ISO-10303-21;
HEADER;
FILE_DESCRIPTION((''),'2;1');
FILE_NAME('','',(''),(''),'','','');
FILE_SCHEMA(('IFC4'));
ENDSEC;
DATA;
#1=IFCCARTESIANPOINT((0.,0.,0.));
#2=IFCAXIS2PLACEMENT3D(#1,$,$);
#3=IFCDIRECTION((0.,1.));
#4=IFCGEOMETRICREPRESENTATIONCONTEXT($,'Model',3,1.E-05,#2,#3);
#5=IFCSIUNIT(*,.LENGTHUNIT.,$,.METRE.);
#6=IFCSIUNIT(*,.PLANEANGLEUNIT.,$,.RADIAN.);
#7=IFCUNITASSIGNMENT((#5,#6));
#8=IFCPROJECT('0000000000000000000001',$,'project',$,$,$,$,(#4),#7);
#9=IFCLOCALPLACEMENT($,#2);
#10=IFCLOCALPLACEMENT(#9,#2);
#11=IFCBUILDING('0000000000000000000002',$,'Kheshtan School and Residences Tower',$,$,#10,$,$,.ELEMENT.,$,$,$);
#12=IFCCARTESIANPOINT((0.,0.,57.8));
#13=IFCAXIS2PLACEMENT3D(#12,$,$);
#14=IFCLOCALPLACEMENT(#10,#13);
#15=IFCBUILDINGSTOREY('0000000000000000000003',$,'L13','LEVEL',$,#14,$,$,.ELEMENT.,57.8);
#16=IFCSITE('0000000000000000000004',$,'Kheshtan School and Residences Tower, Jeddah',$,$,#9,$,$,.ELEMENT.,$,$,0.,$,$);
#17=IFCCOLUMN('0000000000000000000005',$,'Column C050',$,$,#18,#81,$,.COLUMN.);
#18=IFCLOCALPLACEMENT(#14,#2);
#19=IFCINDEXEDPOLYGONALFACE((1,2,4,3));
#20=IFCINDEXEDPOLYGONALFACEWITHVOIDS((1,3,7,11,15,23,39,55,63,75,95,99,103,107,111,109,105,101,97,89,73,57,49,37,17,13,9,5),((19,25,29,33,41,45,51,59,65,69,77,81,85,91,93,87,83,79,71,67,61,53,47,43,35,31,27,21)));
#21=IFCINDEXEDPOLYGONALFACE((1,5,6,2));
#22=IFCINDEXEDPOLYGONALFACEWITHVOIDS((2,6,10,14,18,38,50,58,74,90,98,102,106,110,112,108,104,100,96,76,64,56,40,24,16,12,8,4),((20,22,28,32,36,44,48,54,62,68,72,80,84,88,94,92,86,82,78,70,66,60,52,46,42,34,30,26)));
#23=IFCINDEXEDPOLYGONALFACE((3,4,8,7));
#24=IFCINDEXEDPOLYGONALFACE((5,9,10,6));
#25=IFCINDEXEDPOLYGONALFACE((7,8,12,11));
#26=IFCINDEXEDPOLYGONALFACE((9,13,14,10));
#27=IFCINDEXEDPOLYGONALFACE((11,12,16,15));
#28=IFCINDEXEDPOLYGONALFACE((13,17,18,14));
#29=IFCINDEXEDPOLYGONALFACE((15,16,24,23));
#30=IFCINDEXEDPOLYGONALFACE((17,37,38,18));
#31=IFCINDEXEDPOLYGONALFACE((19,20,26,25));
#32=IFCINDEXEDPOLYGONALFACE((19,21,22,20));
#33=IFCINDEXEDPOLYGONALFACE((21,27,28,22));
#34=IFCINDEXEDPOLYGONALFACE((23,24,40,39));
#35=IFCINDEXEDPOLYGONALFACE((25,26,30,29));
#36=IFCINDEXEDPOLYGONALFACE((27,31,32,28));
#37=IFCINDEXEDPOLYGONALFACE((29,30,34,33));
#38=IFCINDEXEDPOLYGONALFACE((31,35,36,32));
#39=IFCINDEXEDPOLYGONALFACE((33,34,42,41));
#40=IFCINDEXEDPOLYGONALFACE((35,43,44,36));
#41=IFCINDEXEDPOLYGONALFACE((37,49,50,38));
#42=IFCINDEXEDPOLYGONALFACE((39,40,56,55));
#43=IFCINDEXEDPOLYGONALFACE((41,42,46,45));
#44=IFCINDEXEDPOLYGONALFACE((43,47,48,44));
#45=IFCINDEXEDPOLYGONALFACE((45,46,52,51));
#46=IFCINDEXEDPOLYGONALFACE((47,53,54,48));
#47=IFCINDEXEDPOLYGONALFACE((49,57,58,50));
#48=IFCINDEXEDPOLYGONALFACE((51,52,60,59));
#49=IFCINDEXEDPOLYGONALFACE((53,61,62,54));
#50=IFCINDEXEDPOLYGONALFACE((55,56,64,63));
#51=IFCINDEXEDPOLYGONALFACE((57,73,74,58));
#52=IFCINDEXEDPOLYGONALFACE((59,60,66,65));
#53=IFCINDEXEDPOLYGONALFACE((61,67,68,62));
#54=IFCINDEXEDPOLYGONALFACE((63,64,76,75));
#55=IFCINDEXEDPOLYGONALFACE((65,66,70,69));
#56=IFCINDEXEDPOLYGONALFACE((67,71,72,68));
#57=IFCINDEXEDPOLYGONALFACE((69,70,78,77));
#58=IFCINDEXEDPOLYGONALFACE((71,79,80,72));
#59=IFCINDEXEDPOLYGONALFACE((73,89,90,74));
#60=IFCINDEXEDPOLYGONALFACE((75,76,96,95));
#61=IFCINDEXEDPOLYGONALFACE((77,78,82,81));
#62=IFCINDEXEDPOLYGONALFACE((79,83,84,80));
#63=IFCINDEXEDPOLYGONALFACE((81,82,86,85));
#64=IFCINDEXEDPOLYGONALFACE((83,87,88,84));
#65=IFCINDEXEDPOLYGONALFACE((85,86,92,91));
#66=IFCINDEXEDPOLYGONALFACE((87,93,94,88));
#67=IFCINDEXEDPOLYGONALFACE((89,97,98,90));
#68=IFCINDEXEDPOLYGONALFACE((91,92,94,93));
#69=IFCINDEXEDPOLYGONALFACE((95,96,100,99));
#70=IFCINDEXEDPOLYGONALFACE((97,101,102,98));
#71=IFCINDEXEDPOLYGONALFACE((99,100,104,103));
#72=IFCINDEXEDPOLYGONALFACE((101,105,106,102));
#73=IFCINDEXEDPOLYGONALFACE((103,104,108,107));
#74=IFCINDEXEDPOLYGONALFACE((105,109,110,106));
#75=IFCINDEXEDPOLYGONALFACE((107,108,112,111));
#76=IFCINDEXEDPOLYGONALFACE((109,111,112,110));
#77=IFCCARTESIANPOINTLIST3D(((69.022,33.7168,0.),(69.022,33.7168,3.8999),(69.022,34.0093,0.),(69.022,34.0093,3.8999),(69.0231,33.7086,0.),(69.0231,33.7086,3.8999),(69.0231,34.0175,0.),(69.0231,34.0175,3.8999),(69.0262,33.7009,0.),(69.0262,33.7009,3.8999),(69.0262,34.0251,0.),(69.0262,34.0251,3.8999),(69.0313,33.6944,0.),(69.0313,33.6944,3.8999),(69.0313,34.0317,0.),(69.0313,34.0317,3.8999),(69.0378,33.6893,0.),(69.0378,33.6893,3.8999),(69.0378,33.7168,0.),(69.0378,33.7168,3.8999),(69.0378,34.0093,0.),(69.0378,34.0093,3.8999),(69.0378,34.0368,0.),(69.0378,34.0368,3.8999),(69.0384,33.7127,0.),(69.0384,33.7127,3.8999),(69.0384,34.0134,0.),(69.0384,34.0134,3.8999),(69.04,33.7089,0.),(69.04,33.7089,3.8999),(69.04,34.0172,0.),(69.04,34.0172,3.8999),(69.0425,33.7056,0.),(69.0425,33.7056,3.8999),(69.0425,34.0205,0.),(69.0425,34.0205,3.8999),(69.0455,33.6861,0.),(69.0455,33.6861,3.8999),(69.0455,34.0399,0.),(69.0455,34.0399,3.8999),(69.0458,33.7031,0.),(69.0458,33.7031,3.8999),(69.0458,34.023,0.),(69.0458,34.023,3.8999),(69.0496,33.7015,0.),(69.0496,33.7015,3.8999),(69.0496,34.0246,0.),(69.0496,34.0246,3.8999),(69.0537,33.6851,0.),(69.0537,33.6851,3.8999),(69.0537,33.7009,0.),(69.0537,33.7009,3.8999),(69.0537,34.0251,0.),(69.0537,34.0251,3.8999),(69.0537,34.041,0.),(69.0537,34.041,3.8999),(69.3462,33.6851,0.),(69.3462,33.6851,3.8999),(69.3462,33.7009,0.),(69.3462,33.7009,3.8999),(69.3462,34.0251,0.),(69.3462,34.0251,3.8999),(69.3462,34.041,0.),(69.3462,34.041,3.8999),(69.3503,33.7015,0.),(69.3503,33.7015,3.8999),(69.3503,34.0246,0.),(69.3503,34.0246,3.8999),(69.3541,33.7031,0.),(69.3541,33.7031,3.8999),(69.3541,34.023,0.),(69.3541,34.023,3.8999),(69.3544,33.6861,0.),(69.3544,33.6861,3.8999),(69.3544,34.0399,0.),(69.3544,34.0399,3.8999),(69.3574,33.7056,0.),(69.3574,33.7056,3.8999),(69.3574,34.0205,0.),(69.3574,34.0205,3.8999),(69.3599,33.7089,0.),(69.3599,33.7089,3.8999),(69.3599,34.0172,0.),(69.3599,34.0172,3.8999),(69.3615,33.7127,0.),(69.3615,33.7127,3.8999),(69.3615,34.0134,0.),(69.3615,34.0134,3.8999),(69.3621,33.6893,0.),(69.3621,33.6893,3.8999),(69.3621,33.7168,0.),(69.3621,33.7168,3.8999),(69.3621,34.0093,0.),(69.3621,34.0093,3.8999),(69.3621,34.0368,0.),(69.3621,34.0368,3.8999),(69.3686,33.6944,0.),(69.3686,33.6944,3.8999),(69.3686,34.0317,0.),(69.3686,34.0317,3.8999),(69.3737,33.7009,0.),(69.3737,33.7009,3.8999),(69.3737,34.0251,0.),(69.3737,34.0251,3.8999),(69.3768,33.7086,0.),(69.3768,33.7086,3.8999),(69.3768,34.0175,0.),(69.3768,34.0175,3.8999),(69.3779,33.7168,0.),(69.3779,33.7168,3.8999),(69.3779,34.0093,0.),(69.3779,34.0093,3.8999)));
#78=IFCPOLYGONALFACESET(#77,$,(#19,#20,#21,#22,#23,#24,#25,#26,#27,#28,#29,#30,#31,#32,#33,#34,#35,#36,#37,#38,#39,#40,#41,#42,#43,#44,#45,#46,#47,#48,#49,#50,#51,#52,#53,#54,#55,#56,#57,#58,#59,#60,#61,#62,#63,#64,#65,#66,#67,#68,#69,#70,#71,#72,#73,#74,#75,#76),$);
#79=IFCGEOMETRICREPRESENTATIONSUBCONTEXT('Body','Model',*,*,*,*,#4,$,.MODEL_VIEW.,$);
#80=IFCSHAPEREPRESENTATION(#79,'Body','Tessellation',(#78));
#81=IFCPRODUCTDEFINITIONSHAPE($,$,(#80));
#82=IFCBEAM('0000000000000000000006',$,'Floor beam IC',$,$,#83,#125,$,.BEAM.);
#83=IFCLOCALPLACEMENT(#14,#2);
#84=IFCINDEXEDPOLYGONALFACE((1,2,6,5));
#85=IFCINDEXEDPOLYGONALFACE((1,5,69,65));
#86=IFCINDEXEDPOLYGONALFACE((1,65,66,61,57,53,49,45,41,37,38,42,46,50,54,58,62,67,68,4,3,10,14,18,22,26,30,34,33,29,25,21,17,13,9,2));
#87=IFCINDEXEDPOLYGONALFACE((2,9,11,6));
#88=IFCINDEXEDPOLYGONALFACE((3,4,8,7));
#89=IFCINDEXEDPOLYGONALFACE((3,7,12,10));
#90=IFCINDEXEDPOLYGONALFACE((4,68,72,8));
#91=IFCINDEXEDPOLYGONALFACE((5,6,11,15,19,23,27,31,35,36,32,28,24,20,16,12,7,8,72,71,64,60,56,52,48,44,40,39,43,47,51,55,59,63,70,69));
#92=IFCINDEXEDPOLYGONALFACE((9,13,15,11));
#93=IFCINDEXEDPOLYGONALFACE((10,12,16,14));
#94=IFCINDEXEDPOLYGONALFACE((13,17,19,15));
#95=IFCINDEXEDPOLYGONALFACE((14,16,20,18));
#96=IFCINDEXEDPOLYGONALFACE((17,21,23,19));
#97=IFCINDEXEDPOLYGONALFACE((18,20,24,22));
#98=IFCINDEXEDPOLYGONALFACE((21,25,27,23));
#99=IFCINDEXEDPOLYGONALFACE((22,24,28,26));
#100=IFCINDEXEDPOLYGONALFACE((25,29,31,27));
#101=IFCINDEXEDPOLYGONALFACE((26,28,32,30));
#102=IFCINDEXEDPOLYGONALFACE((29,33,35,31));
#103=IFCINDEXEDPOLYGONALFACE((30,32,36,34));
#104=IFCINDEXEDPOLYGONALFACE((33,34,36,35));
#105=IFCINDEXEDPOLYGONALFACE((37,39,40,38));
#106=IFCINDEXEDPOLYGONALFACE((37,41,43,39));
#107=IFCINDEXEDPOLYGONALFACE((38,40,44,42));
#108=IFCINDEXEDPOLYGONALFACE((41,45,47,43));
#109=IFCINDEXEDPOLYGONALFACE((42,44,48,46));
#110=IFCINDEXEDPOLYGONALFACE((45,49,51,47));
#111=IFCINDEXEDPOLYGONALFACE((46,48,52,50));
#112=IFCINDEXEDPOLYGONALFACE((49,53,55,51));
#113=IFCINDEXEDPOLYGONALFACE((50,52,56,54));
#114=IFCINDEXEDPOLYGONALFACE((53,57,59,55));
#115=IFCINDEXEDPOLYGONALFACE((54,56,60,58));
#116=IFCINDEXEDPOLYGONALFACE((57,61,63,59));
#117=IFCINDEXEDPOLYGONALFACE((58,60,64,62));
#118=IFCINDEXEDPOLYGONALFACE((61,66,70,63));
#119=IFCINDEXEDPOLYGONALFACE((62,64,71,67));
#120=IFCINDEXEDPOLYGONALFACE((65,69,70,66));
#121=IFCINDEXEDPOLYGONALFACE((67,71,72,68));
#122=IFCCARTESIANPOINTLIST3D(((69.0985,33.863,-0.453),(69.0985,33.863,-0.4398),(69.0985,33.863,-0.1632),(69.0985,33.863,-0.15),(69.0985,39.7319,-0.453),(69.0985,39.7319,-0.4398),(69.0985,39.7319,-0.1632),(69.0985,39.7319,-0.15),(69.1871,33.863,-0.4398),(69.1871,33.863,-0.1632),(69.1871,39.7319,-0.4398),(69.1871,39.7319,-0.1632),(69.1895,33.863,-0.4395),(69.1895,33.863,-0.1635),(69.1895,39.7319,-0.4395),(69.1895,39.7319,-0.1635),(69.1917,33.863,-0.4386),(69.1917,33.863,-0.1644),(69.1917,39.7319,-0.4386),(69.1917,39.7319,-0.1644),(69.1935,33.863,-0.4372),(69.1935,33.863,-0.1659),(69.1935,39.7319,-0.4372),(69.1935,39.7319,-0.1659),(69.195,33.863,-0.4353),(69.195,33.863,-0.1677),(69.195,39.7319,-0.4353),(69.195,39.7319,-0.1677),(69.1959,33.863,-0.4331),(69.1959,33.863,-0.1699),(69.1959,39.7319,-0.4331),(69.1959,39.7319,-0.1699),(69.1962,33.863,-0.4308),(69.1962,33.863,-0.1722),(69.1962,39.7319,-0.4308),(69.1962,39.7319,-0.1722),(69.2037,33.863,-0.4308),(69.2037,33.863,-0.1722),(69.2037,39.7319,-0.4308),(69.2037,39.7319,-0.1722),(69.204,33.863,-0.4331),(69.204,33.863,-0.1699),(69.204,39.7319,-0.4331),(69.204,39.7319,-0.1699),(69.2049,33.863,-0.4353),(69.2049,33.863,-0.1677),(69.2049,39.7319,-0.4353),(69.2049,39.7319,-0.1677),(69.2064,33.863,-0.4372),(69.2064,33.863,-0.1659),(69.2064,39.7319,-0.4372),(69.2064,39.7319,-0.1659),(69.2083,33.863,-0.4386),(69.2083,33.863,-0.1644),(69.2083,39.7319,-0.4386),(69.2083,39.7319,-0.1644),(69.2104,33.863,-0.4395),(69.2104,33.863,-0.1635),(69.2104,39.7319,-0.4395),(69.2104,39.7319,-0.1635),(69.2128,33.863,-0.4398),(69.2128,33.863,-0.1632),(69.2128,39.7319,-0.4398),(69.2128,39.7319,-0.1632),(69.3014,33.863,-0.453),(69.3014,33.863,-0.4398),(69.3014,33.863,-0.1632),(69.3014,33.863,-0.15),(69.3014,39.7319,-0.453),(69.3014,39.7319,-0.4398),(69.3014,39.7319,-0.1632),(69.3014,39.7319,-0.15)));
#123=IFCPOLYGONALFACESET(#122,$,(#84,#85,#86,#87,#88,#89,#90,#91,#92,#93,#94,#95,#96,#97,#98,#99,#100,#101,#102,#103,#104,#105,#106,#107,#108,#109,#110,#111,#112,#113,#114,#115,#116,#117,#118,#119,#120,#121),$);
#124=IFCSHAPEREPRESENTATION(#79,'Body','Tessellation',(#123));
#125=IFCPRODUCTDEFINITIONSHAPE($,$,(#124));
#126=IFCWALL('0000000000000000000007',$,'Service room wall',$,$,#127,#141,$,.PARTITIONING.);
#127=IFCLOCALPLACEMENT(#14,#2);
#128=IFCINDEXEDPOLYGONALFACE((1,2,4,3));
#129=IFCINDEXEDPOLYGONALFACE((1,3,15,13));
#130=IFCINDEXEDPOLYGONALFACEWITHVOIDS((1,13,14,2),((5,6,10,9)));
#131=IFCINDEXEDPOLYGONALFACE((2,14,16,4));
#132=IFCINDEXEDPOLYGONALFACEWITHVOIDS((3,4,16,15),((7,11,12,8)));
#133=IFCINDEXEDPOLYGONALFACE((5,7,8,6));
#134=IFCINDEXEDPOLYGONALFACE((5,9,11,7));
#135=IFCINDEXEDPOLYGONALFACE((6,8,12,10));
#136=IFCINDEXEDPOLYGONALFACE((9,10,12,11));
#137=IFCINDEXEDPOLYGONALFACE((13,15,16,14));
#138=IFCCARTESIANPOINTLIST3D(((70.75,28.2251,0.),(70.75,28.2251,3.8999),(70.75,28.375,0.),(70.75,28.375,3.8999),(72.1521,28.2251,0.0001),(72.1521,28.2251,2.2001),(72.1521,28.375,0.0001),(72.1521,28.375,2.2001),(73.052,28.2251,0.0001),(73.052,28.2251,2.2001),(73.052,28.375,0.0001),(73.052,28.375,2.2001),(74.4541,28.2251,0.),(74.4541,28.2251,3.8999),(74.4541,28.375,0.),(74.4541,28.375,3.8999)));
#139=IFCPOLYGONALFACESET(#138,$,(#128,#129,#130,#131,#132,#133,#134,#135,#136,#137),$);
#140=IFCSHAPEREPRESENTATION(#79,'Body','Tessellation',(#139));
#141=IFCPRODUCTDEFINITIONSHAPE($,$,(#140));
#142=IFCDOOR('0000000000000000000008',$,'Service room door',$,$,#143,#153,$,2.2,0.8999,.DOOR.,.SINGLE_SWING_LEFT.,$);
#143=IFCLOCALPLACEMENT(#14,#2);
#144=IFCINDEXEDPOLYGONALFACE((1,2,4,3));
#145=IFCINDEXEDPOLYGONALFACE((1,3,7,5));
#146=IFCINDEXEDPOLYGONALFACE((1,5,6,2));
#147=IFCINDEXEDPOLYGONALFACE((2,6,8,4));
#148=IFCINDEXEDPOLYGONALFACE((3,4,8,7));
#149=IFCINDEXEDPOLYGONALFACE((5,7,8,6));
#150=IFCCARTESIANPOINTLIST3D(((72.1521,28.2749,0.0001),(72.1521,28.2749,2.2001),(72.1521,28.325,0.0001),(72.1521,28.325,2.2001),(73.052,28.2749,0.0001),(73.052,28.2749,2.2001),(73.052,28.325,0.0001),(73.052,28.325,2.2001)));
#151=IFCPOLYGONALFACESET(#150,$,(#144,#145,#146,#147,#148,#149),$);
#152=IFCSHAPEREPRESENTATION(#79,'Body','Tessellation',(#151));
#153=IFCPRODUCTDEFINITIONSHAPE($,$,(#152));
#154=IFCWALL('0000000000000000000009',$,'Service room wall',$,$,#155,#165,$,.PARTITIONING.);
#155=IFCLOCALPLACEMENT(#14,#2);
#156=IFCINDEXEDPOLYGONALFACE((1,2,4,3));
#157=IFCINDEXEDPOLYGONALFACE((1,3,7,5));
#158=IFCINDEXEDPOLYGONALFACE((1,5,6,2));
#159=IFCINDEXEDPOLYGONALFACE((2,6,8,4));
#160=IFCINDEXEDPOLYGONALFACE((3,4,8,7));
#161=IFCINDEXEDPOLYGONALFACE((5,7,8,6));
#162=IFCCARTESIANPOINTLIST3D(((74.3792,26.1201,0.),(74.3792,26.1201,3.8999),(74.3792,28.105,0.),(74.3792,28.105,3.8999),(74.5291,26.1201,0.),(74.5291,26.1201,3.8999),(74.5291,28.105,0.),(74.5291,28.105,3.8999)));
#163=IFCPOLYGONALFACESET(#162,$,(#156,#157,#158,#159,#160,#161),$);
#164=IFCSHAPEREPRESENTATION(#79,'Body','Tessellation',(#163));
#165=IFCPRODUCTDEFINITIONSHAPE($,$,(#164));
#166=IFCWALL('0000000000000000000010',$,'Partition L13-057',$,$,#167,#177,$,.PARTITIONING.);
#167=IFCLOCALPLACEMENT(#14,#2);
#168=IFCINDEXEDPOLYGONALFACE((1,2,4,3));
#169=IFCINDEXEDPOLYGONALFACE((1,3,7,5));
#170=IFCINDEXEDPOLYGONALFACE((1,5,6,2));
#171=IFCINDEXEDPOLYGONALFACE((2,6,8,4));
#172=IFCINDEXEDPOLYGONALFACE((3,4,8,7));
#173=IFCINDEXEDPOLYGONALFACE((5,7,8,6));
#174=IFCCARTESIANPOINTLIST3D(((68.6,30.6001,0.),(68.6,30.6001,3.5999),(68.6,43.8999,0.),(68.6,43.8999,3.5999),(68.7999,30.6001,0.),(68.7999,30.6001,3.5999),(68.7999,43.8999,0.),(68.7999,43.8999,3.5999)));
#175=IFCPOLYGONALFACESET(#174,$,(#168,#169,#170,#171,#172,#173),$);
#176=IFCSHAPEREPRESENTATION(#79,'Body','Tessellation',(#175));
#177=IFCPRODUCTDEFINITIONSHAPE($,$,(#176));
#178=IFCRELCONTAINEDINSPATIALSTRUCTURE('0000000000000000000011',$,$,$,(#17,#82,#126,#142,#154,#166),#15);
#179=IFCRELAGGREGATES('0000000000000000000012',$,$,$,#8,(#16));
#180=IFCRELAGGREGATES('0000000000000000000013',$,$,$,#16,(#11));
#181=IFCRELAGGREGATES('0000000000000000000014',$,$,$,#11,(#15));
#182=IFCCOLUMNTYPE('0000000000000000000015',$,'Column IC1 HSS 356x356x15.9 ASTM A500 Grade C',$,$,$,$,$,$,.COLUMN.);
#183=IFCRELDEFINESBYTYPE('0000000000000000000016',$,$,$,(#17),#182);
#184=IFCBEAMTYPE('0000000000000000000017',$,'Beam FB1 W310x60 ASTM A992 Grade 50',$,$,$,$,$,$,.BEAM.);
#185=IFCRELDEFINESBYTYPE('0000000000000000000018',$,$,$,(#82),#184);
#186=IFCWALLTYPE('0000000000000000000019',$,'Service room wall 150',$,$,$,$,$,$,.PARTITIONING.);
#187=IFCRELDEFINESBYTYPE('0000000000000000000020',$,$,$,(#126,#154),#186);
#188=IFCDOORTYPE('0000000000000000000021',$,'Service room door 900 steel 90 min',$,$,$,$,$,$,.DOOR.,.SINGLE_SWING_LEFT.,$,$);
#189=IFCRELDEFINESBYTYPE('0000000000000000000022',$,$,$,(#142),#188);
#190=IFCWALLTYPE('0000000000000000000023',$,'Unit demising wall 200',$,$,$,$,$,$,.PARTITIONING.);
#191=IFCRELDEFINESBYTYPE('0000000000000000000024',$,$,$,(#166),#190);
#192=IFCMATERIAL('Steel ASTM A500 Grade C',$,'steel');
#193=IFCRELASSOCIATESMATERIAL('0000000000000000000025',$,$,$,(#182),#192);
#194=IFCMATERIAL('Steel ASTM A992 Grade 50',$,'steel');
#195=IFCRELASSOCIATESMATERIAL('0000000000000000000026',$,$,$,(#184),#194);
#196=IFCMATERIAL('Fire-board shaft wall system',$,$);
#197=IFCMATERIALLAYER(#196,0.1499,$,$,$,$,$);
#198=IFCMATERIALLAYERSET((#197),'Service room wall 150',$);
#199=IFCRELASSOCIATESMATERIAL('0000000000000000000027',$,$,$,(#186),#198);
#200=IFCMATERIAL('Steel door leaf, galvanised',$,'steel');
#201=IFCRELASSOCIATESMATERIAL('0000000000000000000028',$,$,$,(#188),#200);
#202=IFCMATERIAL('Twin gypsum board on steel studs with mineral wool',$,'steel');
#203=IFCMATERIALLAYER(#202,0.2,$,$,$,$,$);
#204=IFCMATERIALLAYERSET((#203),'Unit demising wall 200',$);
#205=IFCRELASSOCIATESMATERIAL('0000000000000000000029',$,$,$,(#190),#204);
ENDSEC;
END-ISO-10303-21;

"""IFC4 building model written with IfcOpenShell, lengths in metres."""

from ifc_helpers import new_model, si_unit, direction, frame, frame_2d, origin, origin_2d, place, context, subcontext, project, spatial, rectangle, hollow_rectangle, i_section, extrude, source, transform, mapped, material, layer, layer_set, material_profile, profile_set, type_object, element, fill, save


model = new_model("IFC4")

# Units and contexts
model_context = context("Model", 3, precision=1e-05, world=origin(), true_north=direction((0.0, 1.0)))
body_context = subcontext(model_context, "Body", "Model", "MODEL_VIEW")
ifc_project = project(units=[si_unit("LENGTHUNIT", "METRE"), si_unit("PLANEANGLEUNIT", "RADIAN")], contexts=[model_context])

# Site, building, storey
site_placement = place(None, origin())
site = spatial("IfcSite", under=ifc_project, at=site_placement, Name="Kheshtan School and Residences Tower, Jeddah", CompositionType="ELEMENT", RefElevation=0.0)
building_placement = place(site_placement, origin())
building = spatial("IfcBuilding", under=site, at=building_placement, Name="Kheshtan School and Residences Tower", CompositionType="ELEMENT")
storey_placement = place(building_placement, frame((0.0, 0.0, 57.8)))
storey = spatial("IfcBuildingStorey", under=building, at=storey_placement, Name="L13", Description="LEVEL", CompositionType="ELEMENT", Elevation=57.8)

# Column
ifc_material_1 = material(Name="Steel ASTM A500 Grade C", Category="steel")
ifc_material_profile_1 = material_profile(ifc_material_1, hollow_rectangle(XDim=0.356, YDim=0.356, WallThickness=0.0159, InnerFilletRadius=0.0159, OuterFilletRadius=0.0317, at=origin_2d()), Name="HSS 356x356x15.9")
ifc_profile_set_1 = profile_set([ifc_material_profile_1], Name="Steel ASTM A500 Grade C")
column_type = type_object("IfcColumnType", Name="Column IC1 HSS 356x356x15.9 ASTM A500 Grade C", PredefinedType="COLUMN", material=ifc_profile_set_1)
column_placement = place(storey_placement, frame((69.2, 33.863, 0.0), z_axis=(0.0, 0.0, 1.0), x_axis=(1.0, 0.0, 0.0)))
element("IfcColumn", 1, at=column_placement, inside=storey, type_object=column_type, Name="Column C050", PredefinedType="COLUMN", context=body_context, shape_type="SweptSolid", body=[
    extrude(hollow_rectangle(XDim=0.356, YDim=0.356, WallThickness=0.0159, InnerFilletRadius=0.0159, OuterFilletRadius=0.0317, at=origin_2d()), origin(), (0.0, 0.0, 1.0), 3.8999),
])

# Beam
ifc_material_2 = material(Name="Steel ASTM A992 Grade 50", Category="steel")
ifc_material_profile_2 = material_profile(ifc_material_2, i_section(OverallWidth=0.2029, OverallDepth=0.303, WebThickness=0.0076, FlangeThickness=0.0132, FilletRadius=0.009, at=origin_2d()), Name="W310x60")
ifc_profile_set_2 = profile_set([ifc_material_profile_2], Name="Steel ASTM A992 Grade 50")
beam_type = type_object("IfcBeamType", Name="Beam FB1 W310x60 ASTM A992 Grade 50", PredefinedType="BEAM", material=ifc_profile_set_2)
beam_placement = place(storey_placement, frame((69.2, 33.863, -0.3015), z_axis=(0.0, 1.0, 0.0), x_axis=(-1.0, 0.0, 0.0)))
element("IfcBeam", 2, at=beam_placement, inside=storey, type_object=beam_type, Name="Floor beam IC", PredefinedType="BEAM", context=body_context, shape_type="SweptSolid", body=[
    extrude(i_section(OverallWidth=0.2029, OverallDepth=0.303, WebThickness=0.0076, FlangeThickness=0.0132, FilletRadius=0.009, at=origin_2d()), origin(), (0.0, 0.0, 1.0), 5.8689),
])

# Wall, opening, door
ifc_material_3 = material(Name="Fire-board shaft wall system")
ifc_layer_1 = layer(ifc_material_3, 0.1499)
ifc_layer_set_1 = layer_set([ifc_layer_1], Name="Service room wall 150")
wall_type_1 = type_object("IfcWallType", Name="Service room wall 150", PredefinedType="PARTITIONING", material=ifc_layer_set_1)
wall_1_placement = place(storey_placement, frame((70.75, 28.3, 0.0), z_axis=(0.0, 0.0, 1.0), x_axis=(1.0, 0.0, 0.0)))
wall_1 = element("IfcWall", 3, at=wall_1_placement, inside=storey, type_object=wall_type_1, Name="Service room wall", PredefinedType="PARTITIONING", context=body_context, shape_type="SweptSolid", body=[
    extrude(rectangle(XDim=3.7041, YDim=0.1499, at=frame_2d((1.8521, 0.0))), origin(), (0.0, 0.0, 1.0), 3.8999),
])
opening_1_placement = place(wall_1_placement, frame((1.4021, 0.0, 0.0)))
opening_1 = element("IfcOpeningElement", 4, at=opening_1_placement, cuts=wall_1, PredefinedType="OPENING", context=body_context, shape_type="SweptSolid", body=[
    extrude(rectangle(XDim=0.8999, YDim=2.2, at=frame_2d((0.45, 1.1001))), frame((0.0, 0.085, 0.0), z_axis=(0.0, -1.0, 0.0), x_axis=(1.0, 0.0, 0.0)), (0.0, 0.0, 1.0), 0.1699),
])
ifc_material_4 = material(Name="Steel door leaf, galvanised", Category="steel")
door_type_1 = type_object("IfcDoorType", Name="Service room door 900 steel 90 min", OperationType="SINGLE_SWING_LEFT", PredefinedType="DOOR", material=ifc_material_4)
shared_shape_1 = source(origin(), body_context, "Body", "SweptSolid", [
    extrude(rectangle(XDim=0.8999, YDim=2.2, at=frame_2d((0.45, 1.1001))), frame((0.0, 0.0249, 0.0), z_axis=(0.0, -1.0, 0.0), x_axis=(1.0, 0.0, 0.0)), (0.0, 0.0, 1.0), 0.05),
])
door_1_placement = place(opening_1_placement, origin())
door_1 = element("IfcDoor", 5, at=door_1_placement, inside=storey, type_object=door_type_1, Name="Service room door", OperationType="SINGLE_SWING_LEFT", OverallHeight=2.2, OverallWidth=0.8999, PredefinedType="DOOR", context=body_context, shape_type="MappedRepresentation", body=[
    mapped(shared_shape_1, transform((0.0, 0.0, 0.0), x_axis=(1.0, 0.0, 0.0), y_axis=(0.0, 1.0, 0.0), z_axis=(0.0, 0.0, 1.0), scale=1.0)),
])
fill(opening_1, door_1)

# Walls
wall_2_placement = place(storey_placement, frame((74.4541, 26.1201, 0.0), z_axis=(0.0, 0.0, 1.0), x_axis=(0.0, 1.0, 0.0)))
element("IfcWall", 6, at=wall_2_placement, inside=storey, type_object=wall_type_1, Name="Service room wall", PredefinedType="PARTITIONING", context=body_context, shape_type="SweptSolid", body=[
    extrude(rectangle(XDim=1.9849, YDim=0.1499, at=frame_2d((0.9924, 0.0))), origin(), (0.0, 0.0, 1.0), 3.8999),
])
ifc_material_5 = material(Name="Twin gypsum board on steel studs with mineral wool", Category="steel")
ifc_layer_2 = layer(ifc_material_5, 0.2)
ifc_layer_set_2 = layer_set([ifc_layer_2], Name="Unit demising wall 200")
wall_type_2 = type_object("IfcWallType", Name="Unit demising wall 200", PredefinedType="PARTITIONING", material=ifc_layer_set_2)
for number, where, z_axis, x_axis, name in (
    (7, (68.7, 30.6001, 0.0), (0.0, 0.0, 1.0), (0.0, 1.0, 0.0), "Partition L13-057"),
):
    element("IfcWall", number, at=place(storey_placement, frame(where, z_axis=z_axis, x_axis=x_axis)), inside=storey, type_object=wall_type_2, Name=name, PredefinedType="PARTITIONING", context=body_context, shape_type="SweptSolid", body=[
        extrude(rectangle(XDim=13.2998, YDim=0.2, at=frame_2d((6.6499, 0.0))), origin(), (0.0, 0.0, 1.0), 3.5999),
    ])

save(model, "model.ifc")
